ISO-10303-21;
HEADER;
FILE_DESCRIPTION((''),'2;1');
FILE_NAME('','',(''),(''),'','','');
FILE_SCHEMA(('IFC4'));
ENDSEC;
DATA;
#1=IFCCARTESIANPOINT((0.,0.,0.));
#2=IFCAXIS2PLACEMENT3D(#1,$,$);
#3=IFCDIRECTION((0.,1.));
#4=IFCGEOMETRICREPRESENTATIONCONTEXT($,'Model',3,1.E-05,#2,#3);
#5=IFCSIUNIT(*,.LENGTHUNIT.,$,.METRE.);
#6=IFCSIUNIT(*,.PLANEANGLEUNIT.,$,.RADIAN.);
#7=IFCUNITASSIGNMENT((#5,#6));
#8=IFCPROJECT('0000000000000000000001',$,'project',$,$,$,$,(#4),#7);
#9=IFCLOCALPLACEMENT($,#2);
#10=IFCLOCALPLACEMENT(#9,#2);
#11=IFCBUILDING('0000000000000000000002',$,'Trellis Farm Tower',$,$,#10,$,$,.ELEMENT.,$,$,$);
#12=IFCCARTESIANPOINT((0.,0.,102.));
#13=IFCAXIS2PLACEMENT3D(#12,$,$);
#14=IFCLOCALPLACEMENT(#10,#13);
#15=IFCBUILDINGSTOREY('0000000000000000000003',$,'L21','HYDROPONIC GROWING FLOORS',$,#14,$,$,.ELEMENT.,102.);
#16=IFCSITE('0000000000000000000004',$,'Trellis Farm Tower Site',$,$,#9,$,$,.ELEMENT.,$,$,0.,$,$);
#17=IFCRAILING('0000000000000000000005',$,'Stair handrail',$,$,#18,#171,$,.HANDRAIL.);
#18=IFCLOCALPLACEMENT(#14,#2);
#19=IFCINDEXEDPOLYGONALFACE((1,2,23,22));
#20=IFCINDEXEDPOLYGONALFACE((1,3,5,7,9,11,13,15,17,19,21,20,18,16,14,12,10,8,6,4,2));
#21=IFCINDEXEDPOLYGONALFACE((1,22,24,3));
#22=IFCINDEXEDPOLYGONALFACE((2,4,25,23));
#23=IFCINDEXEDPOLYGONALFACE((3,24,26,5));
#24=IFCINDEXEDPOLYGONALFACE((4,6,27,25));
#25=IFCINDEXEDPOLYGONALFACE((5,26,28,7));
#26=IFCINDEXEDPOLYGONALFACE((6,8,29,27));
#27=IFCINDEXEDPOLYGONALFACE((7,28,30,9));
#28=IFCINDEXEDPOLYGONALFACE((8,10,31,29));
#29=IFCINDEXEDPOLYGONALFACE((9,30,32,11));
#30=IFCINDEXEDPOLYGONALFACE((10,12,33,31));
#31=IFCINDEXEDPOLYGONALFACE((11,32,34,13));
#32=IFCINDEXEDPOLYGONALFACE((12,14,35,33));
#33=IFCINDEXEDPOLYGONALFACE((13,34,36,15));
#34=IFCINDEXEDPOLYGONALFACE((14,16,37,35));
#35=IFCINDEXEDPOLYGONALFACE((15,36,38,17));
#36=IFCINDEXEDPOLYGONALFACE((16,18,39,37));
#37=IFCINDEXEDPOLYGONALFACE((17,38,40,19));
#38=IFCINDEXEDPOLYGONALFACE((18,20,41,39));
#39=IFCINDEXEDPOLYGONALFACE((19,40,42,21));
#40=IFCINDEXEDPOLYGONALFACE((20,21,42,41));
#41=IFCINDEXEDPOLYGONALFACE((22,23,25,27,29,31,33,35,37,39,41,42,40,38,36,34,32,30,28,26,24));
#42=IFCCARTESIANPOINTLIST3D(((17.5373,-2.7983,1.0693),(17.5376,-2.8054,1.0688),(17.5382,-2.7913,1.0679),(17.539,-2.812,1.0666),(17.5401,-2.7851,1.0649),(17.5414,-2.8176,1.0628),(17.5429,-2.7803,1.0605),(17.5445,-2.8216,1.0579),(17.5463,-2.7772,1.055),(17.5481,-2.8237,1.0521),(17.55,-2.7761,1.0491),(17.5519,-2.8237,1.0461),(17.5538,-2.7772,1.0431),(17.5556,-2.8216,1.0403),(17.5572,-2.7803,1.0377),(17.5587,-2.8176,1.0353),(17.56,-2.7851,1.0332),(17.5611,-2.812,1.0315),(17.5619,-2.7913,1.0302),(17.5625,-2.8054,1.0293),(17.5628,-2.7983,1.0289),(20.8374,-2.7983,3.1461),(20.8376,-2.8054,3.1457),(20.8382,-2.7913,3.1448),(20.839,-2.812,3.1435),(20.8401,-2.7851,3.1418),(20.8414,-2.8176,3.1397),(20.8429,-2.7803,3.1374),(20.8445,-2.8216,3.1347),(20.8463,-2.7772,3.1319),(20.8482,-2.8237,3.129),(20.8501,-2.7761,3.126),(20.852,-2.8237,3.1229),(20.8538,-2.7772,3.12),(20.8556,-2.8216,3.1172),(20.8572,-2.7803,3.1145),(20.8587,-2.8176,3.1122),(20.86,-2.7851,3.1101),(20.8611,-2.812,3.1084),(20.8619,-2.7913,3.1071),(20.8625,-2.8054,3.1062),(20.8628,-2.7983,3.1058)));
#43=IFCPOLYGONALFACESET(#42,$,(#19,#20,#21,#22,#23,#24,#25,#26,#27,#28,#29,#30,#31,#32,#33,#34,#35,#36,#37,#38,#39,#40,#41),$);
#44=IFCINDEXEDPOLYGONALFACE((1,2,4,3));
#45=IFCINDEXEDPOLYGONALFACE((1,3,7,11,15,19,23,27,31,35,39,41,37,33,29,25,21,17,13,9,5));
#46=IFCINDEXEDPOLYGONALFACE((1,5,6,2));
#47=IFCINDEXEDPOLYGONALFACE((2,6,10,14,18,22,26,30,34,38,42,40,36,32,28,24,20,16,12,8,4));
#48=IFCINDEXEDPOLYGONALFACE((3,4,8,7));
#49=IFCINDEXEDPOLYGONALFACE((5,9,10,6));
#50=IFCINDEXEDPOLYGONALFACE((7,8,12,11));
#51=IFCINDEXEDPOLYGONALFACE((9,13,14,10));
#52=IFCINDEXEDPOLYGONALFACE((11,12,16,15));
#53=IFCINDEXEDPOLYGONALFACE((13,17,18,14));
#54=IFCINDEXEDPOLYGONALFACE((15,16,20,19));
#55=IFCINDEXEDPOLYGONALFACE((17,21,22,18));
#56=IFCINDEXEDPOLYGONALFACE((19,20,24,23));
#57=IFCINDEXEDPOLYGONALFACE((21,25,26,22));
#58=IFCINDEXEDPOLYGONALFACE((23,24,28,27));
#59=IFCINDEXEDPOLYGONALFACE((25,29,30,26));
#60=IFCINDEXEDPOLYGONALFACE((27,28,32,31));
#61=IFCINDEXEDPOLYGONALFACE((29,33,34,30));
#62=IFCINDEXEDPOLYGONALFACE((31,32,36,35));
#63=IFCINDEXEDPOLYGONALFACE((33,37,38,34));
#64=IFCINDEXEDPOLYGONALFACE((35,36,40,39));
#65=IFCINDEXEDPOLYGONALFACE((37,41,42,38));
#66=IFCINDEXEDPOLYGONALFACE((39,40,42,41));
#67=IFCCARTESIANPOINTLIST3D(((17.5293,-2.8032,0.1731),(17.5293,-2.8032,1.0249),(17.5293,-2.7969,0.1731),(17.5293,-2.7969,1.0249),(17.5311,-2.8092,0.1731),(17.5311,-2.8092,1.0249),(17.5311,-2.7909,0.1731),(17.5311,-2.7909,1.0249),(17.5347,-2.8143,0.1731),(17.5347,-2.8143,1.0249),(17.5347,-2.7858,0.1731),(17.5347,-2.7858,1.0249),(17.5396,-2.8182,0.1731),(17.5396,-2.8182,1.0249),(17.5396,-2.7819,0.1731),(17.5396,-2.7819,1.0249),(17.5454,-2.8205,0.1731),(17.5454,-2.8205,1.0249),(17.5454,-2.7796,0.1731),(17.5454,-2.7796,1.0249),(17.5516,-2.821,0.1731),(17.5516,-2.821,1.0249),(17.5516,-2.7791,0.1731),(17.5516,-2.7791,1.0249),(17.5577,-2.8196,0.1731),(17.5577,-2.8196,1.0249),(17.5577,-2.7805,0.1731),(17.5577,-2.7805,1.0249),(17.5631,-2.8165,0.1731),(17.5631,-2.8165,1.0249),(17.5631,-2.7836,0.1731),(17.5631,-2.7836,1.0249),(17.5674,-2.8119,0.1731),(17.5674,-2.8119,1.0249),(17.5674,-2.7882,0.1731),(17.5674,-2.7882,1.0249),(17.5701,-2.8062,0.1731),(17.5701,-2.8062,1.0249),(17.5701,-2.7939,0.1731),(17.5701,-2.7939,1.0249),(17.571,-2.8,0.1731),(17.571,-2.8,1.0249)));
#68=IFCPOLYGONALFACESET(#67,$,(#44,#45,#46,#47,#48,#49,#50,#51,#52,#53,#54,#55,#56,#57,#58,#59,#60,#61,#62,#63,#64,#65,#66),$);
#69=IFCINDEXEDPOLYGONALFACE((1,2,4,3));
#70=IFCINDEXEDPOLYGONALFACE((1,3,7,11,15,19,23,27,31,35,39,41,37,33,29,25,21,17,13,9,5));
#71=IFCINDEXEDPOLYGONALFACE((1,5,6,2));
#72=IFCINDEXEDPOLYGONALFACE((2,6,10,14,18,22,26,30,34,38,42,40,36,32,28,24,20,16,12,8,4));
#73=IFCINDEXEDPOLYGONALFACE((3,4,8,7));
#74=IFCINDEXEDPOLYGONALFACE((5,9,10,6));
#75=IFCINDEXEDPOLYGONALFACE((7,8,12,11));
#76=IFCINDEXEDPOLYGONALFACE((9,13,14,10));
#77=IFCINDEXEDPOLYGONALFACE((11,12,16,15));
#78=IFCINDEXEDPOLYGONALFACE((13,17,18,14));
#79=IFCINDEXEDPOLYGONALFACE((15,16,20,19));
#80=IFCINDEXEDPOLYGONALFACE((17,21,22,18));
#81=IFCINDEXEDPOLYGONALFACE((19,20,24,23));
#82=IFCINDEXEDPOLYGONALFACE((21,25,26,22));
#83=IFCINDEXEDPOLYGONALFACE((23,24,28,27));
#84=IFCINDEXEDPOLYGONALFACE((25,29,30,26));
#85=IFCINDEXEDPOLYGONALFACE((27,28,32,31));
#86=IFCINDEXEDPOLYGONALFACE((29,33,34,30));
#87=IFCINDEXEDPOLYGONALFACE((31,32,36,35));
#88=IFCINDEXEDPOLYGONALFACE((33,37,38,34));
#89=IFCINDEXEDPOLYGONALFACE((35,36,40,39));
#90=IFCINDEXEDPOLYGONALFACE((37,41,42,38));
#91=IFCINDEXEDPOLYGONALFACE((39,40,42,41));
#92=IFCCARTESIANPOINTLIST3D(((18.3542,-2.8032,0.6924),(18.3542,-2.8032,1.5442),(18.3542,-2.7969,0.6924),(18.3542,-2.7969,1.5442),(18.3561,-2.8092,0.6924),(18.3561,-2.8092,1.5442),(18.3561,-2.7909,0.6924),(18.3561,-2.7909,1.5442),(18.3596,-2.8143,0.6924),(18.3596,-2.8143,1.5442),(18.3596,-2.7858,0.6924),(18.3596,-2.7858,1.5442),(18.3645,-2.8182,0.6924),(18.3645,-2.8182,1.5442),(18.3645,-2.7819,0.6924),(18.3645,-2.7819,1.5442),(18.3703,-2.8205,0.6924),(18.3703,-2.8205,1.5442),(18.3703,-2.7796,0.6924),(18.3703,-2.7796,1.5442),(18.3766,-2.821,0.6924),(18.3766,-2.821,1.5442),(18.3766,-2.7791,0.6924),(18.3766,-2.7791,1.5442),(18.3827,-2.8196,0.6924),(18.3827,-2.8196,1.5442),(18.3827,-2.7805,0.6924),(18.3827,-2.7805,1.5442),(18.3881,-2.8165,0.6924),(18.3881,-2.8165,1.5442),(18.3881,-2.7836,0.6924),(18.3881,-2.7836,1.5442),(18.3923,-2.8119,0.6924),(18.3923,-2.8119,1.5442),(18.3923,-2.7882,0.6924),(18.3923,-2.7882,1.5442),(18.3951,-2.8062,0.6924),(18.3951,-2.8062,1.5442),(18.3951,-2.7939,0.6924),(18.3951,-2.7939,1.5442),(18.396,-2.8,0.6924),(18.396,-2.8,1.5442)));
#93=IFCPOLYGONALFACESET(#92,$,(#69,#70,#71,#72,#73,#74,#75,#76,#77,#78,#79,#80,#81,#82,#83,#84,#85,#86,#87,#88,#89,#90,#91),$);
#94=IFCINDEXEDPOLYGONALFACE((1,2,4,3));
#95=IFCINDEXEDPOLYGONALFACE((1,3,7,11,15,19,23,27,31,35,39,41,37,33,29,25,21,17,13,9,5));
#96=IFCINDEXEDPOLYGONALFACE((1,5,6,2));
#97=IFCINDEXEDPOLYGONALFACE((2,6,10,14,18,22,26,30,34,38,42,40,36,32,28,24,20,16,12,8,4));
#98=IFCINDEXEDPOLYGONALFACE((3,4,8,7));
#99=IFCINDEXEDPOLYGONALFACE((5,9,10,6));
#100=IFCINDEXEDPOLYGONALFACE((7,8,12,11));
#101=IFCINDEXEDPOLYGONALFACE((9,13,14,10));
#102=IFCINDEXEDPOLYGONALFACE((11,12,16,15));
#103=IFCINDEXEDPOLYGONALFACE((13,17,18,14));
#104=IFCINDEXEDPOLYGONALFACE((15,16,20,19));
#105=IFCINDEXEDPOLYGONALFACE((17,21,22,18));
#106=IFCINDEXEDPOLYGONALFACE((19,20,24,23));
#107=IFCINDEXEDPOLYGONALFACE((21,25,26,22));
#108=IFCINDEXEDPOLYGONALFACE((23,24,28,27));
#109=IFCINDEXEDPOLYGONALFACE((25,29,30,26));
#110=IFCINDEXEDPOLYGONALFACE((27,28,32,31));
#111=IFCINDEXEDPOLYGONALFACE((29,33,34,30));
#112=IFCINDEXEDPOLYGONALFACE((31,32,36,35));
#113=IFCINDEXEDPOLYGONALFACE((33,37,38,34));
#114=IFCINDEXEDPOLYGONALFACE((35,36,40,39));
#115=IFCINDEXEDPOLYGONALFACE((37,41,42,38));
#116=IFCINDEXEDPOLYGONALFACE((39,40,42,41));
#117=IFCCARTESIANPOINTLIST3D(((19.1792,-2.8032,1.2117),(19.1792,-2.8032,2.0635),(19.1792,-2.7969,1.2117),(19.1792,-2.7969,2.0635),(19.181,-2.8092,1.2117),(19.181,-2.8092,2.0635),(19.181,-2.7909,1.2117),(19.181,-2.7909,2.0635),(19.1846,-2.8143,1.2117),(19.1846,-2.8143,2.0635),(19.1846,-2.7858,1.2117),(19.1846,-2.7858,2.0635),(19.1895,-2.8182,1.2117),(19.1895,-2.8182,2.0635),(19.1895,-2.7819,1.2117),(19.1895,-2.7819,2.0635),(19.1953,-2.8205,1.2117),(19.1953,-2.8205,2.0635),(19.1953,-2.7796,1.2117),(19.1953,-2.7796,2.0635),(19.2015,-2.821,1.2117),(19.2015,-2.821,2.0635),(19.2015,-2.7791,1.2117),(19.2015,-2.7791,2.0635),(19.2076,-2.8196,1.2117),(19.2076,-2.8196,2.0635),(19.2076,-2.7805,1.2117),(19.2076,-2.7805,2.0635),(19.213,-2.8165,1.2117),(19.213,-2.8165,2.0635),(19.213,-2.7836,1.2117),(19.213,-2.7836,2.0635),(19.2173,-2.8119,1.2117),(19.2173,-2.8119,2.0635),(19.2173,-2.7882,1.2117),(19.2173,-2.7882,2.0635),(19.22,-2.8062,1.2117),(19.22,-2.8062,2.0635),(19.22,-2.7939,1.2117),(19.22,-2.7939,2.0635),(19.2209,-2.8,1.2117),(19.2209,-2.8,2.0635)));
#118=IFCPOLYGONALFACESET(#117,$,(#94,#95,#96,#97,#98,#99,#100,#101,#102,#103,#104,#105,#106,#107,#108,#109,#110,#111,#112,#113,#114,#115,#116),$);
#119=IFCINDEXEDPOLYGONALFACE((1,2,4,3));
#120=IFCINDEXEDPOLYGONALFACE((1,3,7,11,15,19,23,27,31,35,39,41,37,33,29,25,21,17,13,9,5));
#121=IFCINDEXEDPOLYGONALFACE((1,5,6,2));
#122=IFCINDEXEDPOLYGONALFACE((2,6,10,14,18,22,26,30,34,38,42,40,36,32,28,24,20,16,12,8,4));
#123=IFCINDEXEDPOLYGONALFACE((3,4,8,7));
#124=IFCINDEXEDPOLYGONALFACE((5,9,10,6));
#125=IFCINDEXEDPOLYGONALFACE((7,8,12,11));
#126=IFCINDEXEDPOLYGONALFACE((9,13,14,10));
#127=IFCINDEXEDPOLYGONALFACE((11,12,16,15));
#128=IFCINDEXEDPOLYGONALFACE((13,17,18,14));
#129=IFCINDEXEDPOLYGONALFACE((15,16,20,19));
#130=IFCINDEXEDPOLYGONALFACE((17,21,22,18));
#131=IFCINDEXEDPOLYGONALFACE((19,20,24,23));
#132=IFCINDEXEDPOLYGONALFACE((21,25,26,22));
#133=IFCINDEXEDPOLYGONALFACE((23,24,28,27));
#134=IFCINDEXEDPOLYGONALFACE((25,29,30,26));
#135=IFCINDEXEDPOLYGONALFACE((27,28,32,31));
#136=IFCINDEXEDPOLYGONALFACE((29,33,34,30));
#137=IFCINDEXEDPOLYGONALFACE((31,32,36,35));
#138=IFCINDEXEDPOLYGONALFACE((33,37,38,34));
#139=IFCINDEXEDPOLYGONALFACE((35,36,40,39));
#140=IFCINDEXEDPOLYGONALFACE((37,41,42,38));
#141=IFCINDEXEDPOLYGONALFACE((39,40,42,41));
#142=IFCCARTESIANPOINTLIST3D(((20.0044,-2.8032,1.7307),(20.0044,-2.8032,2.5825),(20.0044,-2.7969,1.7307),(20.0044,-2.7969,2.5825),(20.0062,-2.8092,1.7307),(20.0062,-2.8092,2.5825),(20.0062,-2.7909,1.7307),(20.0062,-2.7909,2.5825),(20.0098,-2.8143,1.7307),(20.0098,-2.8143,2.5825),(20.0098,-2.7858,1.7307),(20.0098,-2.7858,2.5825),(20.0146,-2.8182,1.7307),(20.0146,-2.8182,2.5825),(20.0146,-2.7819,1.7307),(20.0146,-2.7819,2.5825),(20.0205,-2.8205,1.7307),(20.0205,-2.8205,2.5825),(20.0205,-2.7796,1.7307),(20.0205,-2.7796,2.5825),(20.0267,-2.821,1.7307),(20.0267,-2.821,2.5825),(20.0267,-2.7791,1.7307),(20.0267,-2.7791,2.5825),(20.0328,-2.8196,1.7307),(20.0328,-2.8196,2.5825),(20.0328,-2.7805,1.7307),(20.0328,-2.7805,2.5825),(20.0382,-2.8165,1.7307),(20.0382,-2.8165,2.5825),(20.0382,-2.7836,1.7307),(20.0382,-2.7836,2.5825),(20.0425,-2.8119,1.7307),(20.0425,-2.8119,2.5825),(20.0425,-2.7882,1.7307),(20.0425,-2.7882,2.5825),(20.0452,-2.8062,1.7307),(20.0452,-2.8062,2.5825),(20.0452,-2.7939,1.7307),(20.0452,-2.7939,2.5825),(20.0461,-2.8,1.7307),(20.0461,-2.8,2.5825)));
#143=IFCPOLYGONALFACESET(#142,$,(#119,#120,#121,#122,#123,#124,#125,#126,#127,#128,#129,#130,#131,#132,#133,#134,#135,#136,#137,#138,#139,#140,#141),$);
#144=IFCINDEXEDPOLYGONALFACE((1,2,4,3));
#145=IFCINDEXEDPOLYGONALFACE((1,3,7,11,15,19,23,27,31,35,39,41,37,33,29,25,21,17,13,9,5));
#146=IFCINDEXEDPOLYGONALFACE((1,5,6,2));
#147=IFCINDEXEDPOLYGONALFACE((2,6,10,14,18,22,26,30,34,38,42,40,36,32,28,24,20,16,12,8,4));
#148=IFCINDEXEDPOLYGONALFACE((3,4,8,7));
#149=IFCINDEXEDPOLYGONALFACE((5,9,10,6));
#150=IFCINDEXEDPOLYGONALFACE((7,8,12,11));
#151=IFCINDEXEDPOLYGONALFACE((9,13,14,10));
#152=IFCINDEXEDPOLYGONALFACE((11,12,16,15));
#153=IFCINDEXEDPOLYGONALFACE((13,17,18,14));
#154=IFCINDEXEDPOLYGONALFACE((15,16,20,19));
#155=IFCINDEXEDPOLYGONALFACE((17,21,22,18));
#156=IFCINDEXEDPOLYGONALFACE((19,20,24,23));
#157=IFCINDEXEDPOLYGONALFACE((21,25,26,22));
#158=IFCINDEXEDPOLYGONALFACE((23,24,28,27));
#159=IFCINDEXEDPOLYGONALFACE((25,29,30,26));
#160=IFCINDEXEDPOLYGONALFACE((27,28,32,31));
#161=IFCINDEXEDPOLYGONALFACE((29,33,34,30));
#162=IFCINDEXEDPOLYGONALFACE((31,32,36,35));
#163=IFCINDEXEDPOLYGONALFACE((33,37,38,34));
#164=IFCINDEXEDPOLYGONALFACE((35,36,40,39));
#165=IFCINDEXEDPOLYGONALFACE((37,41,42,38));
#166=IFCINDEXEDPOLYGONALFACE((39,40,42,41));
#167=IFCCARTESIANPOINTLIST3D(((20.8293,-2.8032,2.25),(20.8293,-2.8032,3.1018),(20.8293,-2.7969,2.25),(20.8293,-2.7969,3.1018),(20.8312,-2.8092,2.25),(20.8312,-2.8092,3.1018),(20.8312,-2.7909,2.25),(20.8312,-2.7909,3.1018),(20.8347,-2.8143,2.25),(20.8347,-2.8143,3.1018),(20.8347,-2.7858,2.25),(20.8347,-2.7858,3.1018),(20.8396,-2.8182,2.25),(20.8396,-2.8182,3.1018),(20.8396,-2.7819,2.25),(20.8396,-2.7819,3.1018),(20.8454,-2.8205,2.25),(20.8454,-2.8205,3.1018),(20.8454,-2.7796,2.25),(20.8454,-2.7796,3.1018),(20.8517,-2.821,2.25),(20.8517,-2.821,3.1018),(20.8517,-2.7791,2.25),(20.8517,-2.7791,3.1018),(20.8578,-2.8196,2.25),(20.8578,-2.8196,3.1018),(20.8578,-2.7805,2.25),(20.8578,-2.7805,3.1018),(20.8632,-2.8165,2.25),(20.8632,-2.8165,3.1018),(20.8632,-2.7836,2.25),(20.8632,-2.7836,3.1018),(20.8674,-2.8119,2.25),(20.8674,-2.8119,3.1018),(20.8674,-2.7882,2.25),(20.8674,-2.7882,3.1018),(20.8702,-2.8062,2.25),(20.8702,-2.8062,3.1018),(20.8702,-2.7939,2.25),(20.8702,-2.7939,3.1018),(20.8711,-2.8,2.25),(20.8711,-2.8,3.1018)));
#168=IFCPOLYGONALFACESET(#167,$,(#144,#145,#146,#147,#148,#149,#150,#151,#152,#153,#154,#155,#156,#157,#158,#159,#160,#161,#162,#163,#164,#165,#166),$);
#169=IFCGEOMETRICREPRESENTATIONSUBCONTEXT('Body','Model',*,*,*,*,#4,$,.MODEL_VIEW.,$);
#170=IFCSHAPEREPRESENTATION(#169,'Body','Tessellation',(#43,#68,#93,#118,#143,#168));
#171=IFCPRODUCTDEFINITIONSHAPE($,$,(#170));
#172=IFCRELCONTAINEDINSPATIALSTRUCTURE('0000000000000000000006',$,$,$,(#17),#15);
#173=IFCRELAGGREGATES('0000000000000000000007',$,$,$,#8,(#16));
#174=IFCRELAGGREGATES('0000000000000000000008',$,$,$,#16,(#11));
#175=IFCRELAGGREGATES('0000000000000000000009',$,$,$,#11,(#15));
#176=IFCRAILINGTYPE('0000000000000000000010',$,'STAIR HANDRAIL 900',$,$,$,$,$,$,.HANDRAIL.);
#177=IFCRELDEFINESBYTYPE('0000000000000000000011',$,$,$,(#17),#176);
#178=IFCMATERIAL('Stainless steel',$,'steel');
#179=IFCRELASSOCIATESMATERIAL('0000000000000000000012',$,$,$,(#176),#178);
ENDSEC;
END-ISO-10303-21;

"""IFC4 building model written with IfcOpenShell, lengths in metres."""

from ifc_helpers import new_model, si_unit, direction, frame, origin, origin_2d, place, context, subcontext, project, spatial, circle, extrude, source, transform, mapped, material, type_object, element, save


model = new_model("IFC4")

# Units and contexts
model_context = context("Model", 3, precision=1e-05, world=origin(), true_north=direction((0.0, 1.0)))
body_context = subcontext(model_context, "Body", "Model", "MODEL_VIEW")
ifc_project = project(units=[si_unit("LENGTHUNIT", "METRE"), si_unit("PLANEANGLEUNIT", "RADIAN")], contexts=[model_context])

# Site, building, storey
site_placement = place(None, origin())
site = spatial("IfcSite", under=ifc_project, at=site_placement, Name="Trellis Farm Tower Site", CompositionType="ELEMENT", RefElevation=0.0)
building_placement = place(site_placement, origin())
building = spatial("IfcBuilding", under=site, at=building_placement, Name="Trellis Farm Tower", CompositionType="ELEMENT")
storey_placement = place(building_placement, frame((0.0, 0.0, 102.0)))
storey = spatial("IfcBuildingStorey", under=building, at=storey_placement, Name="L21", Description="HYDROPONIC GROWING FLOORS", CompositionType="ELEMENT", Elevation=102.0)

# Shared definitions
ifc_material_1 = material(Name="Stainless steel", Category="steel")

# Railing
railing_type = type_object("IfcRailingType", Name="STAIR HANDRAIL 900", PredefinedType="HANDRAIL", material=ifc_material_1)
shared_shape_1 = source(origin(), body_context, "Body", "SweptSolid", [
    extrude(circle(Radius=0.0239, at=origin_2d()), frame((0.0, 0.0, 0.876), z_axis=(0.846337, 0.0, 0.532647), x_axis=(0.0, 1.0, 0.0)), (0.0, 0.0, 1.0), 3.8992),
    extrude(circle(Radius=0.021, at=origin_2d()), origin(), (0.0, 0.0, 1.0), 0.8518),
    extrude(circle(Radius=0.021, at=origin_2d()), frame((0.825, 0.0, 0.5193)), (0.0, 0.0, 1.0), 0.8518),
    extrude(circle(Radius=0.021, at=origin_2d()), frame((1.6499, 0.0, 1.0386)), (0.0, 0.0, 1.0), 0.8518),
    extrude(circle(Radius=0.021, at=origin_2d()), frame((2.4751, 0.0, 1.5576)), (0.0, 0.0, 1.0), 0.8518),
    extrude(circle(Radius=0.021, at=origin_2d()), frame((3.3, 0.0, 2.0769)), (0.0, 0.0, 1.0), 0.8518),
])
railing_placement = place(storey_placement, frame((17.55, -2.8, 0.1731)))
element("IfcRailing", 1, at=railing_placement, inside=storey, type_object=railing_type, Name="Stair handrail", PredefinedType="HANDRAIL", context=body_context, shape_type="MappedRepresentation", body=[
    mapped(shared_shape_1, transform((0.0, 0.0, 0.0))),
])

save(model, "model.ifc")
